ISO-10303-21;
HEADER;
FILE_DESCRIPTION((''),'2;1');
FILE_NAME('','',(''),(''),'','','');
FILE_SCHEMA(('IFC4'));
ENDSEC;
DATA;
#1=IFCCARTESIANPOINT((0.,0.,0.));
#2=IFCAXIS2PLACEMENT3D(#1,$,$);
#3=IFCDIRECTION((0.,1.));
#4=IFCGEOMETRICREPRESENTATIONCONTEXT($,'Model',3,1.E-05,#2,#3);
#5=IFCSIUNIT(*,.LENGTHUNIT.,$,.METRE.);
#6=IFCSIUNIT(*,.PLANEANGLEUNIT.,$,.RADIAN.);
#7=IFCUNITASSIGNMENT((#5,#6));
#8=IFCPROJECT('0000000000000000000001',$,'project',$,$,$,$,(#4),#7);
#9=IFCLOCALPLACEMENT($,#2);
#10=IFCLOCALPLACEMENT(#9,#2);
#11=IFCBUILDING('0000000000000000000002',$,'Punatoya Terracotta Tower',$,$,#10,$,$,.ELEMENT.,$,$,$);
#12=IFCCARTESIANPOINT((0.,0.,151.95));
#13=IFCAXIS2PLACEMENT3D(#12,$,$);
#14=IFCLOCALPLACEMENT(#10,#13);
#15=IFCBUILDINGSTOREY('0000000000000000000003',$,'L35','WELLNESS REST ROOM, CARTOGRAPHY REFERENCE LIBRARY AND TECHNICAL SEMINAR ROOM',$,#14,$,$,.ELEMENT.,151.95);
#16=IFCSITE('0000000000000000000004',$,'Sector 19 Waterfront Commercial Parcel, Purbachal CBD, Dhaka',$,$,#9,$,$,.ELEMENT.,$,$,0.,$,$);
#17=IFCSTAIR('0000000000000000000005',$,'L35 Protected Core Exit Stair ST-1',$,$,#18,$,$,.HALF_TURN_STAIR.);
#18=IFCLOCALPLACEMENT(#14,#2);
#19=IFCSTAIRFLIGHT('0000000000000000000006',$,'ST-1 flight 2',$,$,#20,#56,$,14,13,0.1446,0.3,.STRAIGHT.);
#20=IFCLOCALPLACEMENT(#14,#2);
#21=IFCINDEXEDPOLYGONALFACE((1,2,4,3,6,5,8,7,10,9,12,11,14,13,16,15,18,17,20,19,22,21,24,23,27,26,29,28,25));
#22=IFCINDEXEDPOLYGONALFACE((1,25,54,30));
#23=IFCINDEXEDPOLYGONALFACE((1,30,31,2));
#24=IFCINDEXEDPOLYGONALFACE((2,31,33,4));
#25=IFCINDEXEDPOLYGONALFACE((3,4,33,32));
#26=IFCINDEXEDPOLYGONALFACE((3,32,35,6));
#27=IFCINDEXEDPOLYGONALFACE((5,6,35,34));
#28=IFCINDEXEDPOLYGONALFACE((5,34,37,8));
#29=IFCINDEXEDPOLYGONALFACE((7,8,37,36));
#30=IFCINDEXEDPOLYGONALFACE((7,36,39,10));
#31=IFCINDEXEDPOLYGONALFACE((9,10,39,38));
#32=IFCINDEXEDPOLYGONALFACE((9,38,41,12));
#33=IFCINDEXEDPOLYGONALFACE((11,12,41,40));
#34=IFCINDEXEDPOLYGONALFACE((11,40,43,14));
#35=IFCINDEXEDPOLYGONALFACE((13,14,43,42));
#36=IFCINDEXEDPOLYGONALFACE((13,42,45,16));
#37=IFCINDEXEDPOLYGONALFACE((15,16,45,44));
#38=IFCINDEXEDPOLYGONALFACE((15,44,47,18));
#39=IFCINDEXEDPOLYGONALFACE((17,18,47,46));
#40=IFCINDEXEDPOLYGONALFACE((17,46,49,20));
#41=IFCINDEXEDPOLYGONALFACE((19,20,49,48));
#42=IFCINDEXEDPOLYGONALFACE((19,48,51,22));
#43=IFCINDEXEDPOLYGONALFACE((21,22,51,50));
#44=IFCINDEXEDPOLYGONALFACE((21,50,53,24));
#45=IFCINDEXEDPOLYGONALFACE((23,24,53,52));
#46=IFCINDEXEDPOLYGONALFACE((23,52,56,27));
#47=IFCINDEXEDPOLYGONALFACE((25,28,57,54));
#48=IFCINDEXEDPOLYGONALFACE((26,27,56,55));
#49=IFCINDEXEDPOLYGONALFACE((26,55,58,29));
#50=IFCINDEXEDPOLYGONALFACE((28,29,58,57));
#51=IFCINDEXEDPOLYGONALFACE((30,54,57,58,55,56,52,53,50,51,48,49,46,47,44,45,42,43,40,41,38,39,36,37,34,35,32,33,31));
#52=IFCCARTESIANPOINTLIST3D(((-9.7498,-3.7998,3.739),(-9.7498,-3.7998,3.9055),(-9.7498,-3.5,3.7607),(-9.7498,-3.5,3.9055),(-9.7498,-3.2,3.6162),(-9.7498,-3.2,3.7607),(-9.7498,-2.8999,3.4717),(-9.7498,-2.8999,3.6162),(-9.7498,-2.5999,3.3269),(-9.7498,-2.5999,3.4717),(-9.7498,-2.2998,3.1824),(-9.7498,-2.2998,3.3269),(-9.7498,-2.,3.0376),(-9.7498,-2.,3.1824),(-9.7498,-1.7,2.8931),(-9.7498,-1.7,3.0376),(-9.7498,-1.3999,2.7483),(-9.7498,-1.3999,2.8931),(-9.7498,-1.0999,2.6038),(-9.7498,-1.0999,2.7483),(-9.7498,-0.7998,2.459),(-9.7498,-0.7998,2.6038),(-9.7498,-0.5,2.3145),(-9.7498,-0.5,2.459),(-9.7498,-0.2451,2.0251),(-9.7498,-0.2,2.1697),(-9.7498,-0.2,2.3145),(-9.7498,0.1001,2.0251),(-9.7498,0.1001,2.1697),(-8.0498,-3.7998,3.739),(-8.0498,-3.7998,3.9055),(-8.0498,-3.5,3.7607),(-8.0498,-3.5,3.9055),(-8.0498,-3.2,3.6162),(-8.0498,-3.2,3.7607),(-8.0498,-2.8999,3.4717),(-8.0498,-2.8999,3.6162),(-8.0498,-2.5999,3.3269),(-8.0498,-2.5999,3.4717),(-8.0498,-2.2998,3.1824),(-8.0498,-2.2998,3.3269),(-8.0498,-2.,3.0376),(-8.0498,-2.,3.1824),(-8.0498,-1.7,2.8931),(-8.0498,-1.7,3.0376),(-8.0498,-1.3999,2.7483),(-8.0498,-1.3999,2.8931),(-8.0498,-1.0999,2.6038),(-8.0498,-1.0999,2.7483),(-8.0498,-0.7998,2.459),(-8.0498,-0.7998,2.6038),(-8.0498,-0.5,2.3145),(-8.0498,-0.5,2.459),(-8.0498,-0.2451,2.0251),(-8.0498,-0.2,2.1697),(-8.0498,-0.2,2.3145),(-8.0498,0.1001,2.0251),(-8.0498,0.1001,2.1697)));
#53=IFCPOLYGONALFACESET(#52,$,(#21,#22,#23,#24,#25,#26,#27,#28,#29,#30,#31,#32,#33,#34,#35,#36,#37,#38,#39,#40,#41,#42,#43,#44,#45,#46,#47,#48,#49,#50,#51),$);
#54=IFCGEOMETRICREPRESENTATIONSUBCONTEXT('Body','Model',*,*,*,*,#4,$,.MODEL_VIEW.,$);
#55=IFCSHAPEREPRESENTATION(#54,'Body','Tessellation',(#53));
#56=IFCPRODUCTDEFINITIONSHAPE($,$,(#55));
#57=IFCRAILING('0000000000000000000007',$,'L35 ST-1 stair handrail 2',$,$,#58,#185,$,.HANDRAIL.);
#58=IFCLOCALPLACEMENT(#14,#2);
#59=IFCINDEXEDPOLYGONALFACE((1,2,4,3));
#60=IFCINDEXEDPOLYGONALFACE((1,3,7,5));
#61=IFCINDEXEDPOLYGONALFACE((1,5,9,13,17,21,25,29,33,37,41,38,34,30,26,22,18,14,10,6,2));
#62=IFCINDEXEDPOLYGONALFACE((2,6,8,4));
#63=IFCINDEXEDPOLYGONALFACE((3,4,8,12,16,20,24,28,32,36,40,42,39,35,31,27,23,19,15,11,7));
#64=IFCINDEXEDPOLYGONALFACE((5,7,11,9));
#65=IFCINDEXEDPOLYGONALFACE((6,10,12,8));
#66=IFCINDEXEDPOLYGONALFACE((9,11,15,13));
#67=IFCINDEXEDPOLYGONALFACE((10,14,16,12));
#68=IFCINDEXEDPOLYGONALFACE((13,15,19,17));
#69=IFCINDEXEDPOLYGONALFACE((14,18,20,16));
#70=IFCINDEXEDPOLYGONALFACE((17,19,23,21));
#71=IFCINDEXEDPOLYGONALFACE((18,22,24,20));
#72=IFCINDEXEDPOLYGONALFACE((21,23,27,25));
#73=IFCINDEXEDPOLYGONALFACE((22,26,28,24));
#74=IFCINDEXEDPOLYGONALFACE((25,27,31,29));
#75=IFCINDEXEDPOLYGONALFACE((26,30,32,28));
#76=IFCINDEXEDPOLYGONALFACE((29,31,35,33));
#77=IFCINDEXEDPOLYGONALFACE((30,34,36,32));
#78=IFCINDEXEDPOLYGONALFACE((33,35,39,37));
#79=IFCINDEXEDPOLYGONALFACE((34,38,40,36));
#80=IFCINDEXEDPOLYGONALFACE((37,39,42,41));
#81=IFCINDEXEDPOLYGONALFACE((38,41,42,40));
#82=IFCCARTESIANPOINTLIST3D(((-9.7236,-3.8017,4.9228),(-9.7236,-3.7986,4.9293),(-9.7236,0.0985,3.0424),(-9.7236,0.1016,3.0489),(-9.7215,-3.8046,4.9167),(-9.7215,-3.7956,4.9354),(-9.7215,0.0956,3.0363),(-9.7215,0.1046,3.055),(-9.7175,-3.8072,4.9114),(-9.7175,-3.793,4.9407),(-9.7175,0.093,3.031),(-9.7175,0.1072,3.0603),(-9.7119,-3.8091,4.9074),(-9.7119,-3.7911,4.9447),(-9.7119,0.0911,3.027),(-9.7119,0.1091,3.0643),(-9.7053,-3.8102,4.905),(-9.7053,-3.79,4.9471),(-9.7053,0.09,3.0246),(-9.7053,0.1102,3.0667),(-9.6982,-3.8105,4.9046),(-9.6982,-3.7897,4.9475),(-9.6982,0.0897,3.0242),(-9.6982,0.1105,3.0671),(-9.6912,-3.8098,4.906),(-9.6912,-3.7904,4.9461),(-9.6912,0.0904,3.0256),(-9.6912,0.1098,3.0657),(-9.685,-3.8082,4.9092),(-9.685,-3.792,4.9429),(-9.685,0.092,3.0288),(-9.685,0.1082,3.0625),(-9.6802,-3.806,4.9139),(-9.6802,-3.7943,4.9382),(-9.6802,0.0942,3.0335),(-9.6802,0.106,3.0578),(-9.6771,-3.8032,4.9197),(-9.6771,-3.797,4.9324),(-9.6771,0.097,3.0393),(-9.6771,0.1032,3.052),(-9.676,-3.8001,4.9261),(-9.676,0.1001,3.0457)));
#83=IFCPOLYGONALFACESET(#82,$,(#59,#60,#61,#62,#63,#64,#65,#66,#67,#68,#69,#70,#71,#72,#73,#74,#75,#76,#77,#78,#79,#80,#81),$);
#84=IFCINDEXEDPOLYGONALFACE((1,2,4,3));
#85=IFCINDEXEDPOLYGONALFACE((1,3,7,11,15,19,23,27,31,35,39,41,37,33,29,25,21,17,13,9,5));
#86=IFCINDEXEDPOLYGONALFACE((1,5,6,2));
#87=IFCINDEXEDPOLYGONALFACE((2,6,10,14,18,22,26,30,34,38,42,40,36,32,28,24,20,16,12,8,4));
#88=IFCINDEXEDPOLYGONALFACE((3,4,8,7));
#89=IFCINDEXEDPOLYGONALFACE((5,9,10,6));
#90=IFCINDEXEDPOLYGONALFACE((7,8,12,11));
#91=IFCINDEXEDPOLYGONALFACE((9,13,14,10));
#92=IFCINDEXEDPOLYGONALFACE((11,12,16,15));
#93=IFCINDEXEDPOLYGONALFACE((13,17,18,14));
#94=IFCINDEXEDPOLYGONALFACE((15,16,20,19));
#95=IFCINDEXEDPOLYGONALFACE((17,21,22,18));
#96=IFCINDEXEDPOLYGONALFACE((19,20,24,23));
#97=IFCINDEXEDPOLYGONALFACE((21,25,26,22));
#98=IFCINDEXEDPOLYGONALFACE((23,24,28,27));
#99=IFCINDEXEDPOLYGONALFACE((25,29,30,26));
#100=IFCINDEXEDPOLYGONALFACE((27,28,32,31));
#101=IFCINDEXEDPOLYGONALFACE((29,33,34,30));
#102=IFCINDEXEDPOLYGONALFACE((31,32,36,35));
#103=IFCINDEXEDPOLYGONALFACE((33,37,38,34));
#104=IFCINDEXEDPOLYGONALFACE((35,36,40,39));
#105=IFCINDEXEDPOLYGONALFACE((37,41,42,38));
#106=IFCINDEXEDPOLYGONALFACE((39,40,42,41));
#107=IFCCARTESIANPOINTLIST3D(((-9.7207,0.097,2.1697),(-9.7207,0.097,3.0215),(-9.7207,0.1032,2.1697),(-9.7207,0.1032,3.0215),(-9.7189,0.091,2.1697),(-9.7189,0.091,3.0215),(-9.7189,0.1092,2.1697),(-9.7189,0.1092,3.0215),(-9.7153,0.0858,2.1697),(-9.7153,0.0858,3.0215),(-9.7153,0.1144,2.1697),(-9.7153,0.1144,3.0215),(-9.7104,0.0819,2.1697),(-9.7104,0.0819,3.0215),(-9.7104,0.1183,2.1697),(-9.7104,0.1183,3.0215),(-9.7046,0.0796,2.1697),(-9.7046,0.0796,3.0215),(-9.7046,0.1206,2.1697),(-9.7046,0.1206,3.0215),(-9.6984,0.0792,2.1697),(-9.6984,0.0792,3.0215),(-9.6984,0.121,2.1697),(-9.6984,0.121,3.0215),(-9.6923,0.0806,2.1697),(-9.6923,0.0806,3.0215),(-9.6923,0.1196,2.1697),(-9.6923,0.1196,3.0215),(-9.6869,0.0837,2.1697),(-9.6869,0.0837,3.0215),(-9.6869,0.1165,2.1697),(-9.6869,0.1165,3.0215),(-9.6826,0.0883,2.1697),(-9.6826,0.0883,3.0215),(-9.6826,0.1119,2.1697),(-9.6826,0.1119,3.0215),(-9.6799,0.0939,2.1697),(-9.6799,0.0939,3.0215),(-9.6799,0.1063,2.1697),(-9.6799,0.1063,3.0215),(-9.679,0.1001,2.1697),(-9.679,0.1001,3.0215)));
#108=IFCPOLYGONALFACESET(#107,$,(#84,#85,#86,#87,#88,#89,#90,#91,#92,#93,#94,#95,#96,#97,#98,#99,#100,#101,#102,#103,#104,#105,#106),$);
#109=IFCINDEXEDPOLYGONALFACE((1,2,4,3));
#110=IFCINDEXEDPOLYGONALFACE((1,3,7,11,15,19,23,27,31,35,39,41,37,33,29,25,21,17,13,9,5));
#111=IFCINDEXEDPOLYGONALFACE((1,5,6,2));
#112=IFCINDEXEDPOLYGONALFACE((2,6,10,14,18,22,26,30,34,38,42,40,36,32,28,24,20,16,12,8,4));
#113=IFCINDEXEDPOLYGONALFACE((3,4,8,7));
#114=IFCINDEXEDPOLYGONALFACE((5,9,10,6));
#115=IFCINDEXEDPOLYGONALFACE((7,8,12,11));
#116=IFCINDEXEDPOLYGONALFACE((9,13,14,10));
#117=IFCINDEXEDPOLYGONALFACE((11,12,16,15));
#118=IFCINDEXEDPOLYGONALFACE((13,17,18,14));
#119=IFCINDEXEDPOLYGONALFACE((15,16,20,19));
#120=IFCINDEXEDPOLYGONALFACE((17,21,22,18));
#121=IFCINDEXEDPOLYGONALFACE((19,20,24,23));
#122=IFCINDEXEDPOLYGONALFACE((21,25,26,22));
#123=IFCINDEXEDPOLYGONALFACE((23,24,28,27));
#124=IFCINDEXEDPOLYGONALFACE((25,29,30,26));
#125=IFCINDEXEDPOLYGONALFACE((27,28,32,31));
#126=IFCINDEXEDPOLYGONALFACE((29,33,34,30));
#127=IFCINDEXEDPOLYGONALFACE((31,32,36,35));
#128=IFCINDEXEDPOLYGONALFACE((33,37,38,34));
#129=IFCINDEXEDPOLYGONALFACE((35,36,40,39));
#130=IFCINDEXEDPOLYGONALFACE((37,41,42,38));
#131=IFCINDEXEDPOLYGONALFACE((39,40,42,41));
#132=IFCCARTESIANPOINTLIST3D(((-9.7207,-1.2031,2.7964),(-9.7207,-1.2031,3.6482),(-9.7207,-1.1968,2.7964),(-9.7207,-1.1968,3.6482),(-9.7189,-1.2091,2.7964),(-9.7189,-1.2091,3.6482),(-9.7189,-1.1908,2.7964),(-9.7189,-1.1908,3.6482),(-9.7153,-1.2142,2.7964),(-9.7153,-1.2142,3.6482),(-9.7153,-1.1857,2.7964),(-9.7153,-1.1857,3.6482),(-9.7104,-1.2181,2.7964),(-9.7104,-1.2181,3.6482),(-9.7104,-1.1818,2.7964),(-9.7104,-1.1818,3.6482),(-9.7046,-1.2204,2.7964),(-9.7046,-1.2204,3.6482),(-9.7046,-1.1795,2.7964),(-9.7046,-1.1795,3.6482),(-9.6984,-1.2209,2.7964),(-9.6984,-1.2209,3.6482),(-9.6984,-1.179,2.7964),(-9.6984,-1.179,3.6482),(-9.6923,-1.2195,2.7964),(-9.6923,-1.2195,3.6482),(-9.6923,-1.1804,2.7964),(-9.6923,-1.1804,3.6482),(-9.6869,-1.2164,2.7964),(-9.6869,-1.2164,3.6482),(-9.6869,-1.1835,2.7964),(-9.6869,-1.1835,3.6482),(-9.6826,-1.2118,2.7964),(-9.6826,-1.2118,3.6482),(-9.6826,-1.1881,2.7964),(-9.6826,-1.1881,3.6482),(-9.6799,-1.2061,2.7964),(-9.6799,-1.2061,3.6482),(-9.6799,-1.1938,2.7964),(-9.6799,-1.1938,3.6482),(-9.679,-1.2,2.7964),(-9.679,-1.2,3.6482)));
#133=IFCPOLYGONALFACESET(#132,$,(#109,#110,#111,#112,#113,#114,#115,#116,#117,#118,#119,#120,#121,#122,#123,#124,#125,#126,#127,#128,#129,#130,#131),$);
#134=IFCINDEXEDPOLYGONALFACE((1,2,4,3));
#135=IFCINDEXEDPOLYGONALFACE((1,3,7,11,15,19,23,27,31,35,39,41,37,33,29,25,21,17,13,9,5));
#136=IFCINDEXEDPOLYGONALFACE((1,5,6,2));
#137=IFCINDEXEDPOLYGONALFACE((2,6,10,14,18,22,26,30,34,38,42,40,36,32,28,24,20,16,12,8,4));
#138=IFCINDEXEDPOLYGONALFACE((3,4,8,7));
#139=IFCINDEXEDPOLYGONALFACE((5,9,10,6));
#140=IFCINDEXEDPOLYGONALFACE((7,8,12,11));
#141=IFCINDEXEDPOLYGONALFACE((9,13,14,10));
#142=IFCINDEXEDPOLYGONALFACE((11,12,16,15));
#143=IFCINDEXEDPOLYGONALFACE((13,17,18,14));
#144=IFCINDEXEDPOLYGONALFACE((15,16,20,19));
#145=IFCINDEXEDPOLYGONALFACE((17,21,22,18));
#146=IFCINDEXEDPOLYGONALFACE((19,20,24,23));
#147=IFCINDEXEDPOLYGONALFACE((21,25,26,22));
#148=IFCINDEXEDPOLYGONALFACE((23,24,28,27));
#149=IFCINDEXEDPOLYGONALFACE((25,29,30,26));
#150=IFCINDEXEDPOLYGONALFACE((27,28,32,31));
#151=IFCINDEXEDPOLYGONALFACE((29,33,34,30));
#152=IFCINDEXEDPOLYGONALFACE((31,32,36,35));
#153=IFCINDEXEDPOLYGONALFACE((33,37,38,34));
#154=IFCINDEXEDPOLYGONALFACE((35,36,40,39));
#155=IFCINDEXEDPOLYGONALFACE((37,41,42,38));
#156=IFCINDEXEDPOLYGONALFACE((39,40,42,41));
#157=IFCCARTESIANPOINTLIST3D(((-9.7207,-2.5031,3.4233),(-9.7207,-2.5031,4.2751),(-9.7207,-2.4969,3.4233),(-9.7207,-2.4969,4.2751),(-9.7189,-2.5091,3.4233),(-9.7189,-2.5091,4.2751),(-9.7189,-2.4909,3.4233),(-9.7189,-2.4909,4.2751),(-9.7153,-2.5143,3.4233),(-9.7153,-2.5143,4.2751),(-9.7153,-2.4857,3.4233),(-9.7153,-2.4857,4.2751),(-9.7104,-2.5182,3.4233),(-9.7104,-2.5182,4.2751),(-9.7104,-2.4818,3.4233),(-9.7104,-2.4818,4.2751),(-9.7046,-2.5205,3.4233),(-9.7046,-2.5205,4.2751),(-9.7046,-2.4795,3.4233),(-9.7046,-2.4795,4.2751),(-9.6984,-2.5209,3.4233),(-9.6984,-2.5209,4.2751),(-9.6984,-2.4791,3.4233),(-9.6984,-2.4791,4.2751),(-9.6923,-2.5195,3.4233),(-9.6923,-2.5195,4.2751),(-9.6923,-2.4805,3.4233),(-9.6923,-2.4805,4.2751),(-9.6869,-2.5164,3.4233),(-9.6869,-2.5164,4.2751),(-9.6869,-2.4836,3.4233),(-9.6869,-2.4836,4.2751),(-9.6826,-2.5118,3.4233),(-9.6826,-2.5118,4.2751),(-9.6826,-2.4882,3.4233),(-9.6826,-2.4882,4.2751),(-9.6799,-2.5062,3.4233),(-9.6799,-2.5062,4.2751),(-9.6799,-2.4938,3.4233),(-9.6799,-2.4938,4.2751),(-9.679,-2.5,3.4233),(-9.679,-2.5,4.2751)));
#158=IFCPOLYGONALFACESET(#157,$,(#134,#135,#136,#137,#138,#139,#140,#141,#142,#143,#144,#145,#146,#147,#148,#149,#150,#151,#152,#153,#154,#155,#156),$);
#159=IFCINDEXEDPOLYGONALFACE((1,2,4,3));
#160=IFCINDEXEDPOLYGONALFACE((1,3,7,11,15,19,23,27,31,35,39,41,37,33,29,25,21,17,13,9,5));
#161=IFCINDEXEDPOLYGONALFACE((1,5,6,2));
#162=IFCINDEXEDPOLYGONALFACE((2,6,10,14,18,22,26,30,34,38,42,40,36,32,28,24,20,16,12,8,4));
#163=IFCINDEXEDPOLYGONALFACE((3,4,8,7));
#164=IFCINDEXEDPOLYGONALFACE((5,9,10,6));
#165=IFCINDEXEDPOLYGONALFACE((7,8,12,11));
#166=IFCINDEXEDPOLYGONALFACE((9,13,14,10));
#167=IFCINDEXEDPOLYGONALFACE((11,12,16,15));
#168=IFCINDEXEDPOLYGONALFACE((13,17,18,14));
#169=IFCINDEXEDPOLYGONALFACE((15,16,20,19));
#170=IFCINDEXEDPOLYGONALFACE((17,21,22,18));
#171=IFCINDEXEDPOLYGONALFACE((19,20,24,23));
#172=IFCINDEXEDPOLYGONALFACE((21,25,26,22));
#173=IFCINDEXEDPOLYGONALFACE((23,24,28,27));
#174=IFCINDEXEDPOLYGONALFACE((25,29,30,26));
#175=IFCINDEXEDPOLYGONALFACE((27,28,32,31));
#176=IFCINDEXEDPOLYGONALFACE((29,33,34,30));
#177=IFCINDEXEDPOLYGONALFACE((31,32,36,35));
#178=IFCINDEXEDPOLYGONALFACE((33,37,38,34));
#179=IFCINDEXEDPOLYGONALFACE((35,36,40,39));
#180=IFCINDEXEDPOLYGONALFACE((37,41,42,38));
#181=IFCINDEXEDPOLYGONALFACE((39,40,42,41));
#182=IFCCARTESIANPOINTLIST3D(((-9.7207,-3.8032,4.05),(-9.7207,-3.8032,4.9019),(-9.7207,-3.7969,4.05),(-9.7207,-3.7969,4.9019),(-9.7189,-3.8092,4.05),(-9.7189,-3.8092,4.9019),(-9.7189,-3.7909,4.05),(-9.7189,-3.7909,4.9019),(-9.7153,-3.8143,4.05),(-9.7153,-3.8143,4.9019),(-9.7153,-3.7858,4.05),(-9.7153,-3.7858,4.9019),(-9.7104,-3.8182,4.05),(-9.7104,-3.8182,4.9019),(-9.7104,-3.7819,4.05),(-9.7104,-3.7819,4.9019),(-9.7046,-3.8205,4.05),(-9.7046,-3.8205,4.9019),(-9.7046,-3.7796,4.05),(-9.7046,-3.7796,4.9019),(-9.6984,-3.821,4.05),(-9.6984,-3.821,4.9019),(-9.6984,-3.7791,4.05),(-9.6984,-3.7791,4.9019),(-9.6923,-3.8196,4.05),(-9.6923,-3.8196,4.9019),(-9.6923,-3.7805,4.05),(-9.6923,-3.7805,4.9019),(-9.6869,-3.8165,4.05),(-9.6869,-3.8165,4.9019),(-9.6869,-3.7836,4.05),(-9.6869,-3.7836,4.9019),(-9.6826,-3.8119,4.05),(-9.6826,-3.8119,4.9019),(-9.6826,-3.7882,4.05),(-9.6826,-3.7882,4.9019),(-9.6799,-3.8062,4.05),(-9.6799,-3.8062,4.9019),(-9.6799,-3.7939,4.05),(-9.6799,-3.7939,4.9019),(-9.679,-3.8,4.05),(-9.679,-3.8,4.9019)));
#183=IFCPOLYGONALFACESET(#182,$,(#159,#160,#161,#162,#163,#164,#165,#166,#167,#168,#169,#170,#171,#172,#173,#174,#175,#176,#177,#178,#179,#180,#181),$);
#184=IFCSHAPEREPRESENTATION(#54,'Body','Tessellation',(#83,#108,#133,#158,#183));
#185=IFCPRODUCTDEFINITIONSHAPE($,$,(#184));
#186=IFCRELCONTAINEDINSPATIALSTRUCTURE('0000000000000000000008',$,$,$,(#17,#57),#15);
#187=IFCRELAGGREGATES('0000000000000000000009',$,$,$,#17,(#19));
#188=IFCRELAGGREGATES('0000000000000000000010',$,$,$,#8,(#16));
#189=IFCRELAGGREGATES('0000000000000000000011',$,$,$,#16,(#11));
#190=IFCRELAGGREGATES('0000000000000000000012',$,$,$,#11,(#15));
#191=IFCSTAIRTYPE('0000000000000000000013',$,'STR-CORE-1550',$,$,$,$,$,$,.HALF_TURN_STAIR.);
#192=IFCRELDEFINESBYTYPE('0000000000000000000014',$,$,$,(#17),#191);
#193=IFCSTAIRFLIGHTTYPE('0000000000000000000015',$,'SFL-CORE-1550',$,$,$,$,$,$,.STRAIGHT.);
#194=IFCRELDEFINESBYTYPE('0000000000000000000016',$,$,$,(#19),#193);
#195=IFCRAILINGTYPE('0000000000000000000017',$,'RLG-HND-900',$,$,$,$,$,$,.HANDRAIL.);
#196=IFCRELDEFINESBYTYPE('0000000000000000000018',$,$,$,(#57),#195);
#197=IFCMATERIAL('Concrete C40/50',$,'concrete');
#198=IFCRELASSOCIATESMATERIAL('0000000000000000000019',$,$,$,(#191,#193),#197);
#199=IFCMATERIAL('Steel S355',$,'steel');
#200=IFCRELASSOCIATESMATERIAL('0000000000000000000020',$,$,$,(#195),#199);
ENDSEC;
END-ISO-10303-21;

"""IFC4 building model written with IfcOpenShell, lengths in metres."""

from ifc_helpers import new_model, si_unit, direction, frame, origin, origin_2d, place, context, subcontext, project, spatial, polyline, circle, outline, extrude, material, type_object, element, aggregate, save


model = new_model("IFC4")

# Units and contexts
model_context = context("Model", 3, precision=1e-05, world=origin(), true_north=direction((0.0, 1.0)))
body_context = subcontext(model_context, "Body", "Model", "MODEL_VIEW")
ifc_project = project(units=[si_unit("LENGTHUNIT", "METRE"), si_unit("PLANEANGLEUNIT", "RADIAN")], contexts=[model_context])

# Site, building, storey
site_placement = place(None, origin())
site = spatial("IfcSite", under=ifc_project, at=site_placement, Name="Sector 19 Waterfront Commercial Parcel, Purbachal CBD, Dhaka", CompositionType="ELEMENT", RefElevation=0.0)
building_placement = place(site_placement, origin())
building = spatial("IfcBuilding", under=site, at=building_placement, Name="Punatoya Terracotta Tower", CompositionType="ELEMENT")
storey_placement = place(building_placement, frame((0.0, 0.0, 151.95)))
storey = spatial("IfcBuildingStorey", under=building, at=storey_placement, Name="L35", Description="WELLNESS REST ROOM, CARTOGRAPHY REFERENCE LIBRARY AND TECHNICAL SEMINAR ROOM", CompositionType="ELEMENT", Elevation=151.95)

# Shared definitions
ifc_material_1 = material(Name="Steel S355", Category="steel")

# Stair, stair flight
ifc_material_2 = material(Name="Concrete C40/50", Category="concrete")
stair_type = type_object("IfcStairType", Name="STR-CORE-1550", PredefinedType="HALF_TURN_STAIR", material=ifc_material_2)
stair_placement = place(storey_placement, origin())
stair = element("IfcStair", 1, at=stair_placement, inside=storey, type_object=stair_type, Name="L35 Protected Core Exit Stair ST-1", PredefinedType="HALF_TURN_STAIR")
stair_flight_type = type_object("IfcStairFlightType", Name="SFL-CORE-1550", PredefinedType="STRAIGHT", material=ifc_material_2)
stair_flight_placement = place(storey_placement, frame((-8.8999, 0.1001, 2.0251), z_axis=(0.0, 0.0, 1.0), x_axis=(0.0, -1.0, 0.0)))
stair_flight = element("IfcStairFlight", 2, at=stair_flight_placement, type_object=stair_flight_type, Name="ST-1 flight 2", NumberOfRisers=14, NumberOfTreads=13, PredefinedType="STRAIGHT", RiserHeight=0.1446, TreadLength=0.3, context=body_context, shape_type="SweptSolid", body=[
    extrude(outline(polyline([(0.0, 0.0), (0.0, 0.1445), (0.3, 0.1445), (0.3, 0.2893), (0.6001, 0.2893), (0.6001, 0.4338), (0.8999, 0.4338), (0.8999, 0.5786), (1.2, 0.5786), (1.2, 0.7231), (1.5, 0.7231), (1.5, 0.8679), (1.8, 0.8679), (1.8, 1.0125), (2.1001, 1.0125), (2.1001, 1.1572), (2.3999, 1.1572), (2.3999, 1.3018), (2.7, 1.3018), (2.7, 1.4465), (3.0, 1.4465), (3.0, 1.5911), (3.3, 1.5911), (3.3, 1.7356), (3.6001, 1.7356), (3.6001, 1.8804), (3.8999, 1.8804), (3.8999, 2.0249), (3.8999, 1.7139), (0.3452, 0.0), (0.0, 0.0)])), frame((0.0, 0.8501, 0.0), z_axis=(0.0, -1.0, 0.0), x_axis=(1.0, 0.0, 0.0)), (0.0, 0.0, 1.0), 1.7),
])
aggregate(stair, [stair_flight])

# Railing
railing_type = type_object("IfcRailingType", Name="RLG-HND-900", PredefinedType="HANDRAIL", material=ifc_material_1)
railing_placement = place(storey_placement, frame((-9.7, 0.1001, 2.1697)))
element("IfcRailing", 3, at=railing_placement, inside=storey, type_object=railing_type, Name="L35 ST-1 stair handrail 2", PredefinedType="HANDRAIL", context=body_context, shape_type="SweptSolid", body=[
    extrude(circle(Radius=0.0239, at=origin_2d()), frame((0.0, 0.0, 0.876), z_axis=(0.0, -0.900774, 0.434289), x_axis=(1.0, 0.0, 0.0)), (0.0, 0.0, 1.0), 4.3298),
    extrude(circle(Radius=0.021, at=origin_2d()), origin(), (0.0, 0.0, 1.0), 0.8518),
    extrude(circle(Radius=0.021, at=origin_2d()), frame((0.0, -1.3, 0.6267)), (0.0, 0.0, 1.0), 0.8518),
    extrude(circle(Radius=0.021, at=origin_2d()), frame((0.0, -2.6001, 1.2537)), (0.0, 0.0, 1.0), 0.8518),
    extrude(circle(Radius=0.021, at=origin_2d()), frame((0.0, -3.9001, 1.8804)), (0.0, 0.0, 1.0), 0.8518),
])

save(model, "model.ifc")
